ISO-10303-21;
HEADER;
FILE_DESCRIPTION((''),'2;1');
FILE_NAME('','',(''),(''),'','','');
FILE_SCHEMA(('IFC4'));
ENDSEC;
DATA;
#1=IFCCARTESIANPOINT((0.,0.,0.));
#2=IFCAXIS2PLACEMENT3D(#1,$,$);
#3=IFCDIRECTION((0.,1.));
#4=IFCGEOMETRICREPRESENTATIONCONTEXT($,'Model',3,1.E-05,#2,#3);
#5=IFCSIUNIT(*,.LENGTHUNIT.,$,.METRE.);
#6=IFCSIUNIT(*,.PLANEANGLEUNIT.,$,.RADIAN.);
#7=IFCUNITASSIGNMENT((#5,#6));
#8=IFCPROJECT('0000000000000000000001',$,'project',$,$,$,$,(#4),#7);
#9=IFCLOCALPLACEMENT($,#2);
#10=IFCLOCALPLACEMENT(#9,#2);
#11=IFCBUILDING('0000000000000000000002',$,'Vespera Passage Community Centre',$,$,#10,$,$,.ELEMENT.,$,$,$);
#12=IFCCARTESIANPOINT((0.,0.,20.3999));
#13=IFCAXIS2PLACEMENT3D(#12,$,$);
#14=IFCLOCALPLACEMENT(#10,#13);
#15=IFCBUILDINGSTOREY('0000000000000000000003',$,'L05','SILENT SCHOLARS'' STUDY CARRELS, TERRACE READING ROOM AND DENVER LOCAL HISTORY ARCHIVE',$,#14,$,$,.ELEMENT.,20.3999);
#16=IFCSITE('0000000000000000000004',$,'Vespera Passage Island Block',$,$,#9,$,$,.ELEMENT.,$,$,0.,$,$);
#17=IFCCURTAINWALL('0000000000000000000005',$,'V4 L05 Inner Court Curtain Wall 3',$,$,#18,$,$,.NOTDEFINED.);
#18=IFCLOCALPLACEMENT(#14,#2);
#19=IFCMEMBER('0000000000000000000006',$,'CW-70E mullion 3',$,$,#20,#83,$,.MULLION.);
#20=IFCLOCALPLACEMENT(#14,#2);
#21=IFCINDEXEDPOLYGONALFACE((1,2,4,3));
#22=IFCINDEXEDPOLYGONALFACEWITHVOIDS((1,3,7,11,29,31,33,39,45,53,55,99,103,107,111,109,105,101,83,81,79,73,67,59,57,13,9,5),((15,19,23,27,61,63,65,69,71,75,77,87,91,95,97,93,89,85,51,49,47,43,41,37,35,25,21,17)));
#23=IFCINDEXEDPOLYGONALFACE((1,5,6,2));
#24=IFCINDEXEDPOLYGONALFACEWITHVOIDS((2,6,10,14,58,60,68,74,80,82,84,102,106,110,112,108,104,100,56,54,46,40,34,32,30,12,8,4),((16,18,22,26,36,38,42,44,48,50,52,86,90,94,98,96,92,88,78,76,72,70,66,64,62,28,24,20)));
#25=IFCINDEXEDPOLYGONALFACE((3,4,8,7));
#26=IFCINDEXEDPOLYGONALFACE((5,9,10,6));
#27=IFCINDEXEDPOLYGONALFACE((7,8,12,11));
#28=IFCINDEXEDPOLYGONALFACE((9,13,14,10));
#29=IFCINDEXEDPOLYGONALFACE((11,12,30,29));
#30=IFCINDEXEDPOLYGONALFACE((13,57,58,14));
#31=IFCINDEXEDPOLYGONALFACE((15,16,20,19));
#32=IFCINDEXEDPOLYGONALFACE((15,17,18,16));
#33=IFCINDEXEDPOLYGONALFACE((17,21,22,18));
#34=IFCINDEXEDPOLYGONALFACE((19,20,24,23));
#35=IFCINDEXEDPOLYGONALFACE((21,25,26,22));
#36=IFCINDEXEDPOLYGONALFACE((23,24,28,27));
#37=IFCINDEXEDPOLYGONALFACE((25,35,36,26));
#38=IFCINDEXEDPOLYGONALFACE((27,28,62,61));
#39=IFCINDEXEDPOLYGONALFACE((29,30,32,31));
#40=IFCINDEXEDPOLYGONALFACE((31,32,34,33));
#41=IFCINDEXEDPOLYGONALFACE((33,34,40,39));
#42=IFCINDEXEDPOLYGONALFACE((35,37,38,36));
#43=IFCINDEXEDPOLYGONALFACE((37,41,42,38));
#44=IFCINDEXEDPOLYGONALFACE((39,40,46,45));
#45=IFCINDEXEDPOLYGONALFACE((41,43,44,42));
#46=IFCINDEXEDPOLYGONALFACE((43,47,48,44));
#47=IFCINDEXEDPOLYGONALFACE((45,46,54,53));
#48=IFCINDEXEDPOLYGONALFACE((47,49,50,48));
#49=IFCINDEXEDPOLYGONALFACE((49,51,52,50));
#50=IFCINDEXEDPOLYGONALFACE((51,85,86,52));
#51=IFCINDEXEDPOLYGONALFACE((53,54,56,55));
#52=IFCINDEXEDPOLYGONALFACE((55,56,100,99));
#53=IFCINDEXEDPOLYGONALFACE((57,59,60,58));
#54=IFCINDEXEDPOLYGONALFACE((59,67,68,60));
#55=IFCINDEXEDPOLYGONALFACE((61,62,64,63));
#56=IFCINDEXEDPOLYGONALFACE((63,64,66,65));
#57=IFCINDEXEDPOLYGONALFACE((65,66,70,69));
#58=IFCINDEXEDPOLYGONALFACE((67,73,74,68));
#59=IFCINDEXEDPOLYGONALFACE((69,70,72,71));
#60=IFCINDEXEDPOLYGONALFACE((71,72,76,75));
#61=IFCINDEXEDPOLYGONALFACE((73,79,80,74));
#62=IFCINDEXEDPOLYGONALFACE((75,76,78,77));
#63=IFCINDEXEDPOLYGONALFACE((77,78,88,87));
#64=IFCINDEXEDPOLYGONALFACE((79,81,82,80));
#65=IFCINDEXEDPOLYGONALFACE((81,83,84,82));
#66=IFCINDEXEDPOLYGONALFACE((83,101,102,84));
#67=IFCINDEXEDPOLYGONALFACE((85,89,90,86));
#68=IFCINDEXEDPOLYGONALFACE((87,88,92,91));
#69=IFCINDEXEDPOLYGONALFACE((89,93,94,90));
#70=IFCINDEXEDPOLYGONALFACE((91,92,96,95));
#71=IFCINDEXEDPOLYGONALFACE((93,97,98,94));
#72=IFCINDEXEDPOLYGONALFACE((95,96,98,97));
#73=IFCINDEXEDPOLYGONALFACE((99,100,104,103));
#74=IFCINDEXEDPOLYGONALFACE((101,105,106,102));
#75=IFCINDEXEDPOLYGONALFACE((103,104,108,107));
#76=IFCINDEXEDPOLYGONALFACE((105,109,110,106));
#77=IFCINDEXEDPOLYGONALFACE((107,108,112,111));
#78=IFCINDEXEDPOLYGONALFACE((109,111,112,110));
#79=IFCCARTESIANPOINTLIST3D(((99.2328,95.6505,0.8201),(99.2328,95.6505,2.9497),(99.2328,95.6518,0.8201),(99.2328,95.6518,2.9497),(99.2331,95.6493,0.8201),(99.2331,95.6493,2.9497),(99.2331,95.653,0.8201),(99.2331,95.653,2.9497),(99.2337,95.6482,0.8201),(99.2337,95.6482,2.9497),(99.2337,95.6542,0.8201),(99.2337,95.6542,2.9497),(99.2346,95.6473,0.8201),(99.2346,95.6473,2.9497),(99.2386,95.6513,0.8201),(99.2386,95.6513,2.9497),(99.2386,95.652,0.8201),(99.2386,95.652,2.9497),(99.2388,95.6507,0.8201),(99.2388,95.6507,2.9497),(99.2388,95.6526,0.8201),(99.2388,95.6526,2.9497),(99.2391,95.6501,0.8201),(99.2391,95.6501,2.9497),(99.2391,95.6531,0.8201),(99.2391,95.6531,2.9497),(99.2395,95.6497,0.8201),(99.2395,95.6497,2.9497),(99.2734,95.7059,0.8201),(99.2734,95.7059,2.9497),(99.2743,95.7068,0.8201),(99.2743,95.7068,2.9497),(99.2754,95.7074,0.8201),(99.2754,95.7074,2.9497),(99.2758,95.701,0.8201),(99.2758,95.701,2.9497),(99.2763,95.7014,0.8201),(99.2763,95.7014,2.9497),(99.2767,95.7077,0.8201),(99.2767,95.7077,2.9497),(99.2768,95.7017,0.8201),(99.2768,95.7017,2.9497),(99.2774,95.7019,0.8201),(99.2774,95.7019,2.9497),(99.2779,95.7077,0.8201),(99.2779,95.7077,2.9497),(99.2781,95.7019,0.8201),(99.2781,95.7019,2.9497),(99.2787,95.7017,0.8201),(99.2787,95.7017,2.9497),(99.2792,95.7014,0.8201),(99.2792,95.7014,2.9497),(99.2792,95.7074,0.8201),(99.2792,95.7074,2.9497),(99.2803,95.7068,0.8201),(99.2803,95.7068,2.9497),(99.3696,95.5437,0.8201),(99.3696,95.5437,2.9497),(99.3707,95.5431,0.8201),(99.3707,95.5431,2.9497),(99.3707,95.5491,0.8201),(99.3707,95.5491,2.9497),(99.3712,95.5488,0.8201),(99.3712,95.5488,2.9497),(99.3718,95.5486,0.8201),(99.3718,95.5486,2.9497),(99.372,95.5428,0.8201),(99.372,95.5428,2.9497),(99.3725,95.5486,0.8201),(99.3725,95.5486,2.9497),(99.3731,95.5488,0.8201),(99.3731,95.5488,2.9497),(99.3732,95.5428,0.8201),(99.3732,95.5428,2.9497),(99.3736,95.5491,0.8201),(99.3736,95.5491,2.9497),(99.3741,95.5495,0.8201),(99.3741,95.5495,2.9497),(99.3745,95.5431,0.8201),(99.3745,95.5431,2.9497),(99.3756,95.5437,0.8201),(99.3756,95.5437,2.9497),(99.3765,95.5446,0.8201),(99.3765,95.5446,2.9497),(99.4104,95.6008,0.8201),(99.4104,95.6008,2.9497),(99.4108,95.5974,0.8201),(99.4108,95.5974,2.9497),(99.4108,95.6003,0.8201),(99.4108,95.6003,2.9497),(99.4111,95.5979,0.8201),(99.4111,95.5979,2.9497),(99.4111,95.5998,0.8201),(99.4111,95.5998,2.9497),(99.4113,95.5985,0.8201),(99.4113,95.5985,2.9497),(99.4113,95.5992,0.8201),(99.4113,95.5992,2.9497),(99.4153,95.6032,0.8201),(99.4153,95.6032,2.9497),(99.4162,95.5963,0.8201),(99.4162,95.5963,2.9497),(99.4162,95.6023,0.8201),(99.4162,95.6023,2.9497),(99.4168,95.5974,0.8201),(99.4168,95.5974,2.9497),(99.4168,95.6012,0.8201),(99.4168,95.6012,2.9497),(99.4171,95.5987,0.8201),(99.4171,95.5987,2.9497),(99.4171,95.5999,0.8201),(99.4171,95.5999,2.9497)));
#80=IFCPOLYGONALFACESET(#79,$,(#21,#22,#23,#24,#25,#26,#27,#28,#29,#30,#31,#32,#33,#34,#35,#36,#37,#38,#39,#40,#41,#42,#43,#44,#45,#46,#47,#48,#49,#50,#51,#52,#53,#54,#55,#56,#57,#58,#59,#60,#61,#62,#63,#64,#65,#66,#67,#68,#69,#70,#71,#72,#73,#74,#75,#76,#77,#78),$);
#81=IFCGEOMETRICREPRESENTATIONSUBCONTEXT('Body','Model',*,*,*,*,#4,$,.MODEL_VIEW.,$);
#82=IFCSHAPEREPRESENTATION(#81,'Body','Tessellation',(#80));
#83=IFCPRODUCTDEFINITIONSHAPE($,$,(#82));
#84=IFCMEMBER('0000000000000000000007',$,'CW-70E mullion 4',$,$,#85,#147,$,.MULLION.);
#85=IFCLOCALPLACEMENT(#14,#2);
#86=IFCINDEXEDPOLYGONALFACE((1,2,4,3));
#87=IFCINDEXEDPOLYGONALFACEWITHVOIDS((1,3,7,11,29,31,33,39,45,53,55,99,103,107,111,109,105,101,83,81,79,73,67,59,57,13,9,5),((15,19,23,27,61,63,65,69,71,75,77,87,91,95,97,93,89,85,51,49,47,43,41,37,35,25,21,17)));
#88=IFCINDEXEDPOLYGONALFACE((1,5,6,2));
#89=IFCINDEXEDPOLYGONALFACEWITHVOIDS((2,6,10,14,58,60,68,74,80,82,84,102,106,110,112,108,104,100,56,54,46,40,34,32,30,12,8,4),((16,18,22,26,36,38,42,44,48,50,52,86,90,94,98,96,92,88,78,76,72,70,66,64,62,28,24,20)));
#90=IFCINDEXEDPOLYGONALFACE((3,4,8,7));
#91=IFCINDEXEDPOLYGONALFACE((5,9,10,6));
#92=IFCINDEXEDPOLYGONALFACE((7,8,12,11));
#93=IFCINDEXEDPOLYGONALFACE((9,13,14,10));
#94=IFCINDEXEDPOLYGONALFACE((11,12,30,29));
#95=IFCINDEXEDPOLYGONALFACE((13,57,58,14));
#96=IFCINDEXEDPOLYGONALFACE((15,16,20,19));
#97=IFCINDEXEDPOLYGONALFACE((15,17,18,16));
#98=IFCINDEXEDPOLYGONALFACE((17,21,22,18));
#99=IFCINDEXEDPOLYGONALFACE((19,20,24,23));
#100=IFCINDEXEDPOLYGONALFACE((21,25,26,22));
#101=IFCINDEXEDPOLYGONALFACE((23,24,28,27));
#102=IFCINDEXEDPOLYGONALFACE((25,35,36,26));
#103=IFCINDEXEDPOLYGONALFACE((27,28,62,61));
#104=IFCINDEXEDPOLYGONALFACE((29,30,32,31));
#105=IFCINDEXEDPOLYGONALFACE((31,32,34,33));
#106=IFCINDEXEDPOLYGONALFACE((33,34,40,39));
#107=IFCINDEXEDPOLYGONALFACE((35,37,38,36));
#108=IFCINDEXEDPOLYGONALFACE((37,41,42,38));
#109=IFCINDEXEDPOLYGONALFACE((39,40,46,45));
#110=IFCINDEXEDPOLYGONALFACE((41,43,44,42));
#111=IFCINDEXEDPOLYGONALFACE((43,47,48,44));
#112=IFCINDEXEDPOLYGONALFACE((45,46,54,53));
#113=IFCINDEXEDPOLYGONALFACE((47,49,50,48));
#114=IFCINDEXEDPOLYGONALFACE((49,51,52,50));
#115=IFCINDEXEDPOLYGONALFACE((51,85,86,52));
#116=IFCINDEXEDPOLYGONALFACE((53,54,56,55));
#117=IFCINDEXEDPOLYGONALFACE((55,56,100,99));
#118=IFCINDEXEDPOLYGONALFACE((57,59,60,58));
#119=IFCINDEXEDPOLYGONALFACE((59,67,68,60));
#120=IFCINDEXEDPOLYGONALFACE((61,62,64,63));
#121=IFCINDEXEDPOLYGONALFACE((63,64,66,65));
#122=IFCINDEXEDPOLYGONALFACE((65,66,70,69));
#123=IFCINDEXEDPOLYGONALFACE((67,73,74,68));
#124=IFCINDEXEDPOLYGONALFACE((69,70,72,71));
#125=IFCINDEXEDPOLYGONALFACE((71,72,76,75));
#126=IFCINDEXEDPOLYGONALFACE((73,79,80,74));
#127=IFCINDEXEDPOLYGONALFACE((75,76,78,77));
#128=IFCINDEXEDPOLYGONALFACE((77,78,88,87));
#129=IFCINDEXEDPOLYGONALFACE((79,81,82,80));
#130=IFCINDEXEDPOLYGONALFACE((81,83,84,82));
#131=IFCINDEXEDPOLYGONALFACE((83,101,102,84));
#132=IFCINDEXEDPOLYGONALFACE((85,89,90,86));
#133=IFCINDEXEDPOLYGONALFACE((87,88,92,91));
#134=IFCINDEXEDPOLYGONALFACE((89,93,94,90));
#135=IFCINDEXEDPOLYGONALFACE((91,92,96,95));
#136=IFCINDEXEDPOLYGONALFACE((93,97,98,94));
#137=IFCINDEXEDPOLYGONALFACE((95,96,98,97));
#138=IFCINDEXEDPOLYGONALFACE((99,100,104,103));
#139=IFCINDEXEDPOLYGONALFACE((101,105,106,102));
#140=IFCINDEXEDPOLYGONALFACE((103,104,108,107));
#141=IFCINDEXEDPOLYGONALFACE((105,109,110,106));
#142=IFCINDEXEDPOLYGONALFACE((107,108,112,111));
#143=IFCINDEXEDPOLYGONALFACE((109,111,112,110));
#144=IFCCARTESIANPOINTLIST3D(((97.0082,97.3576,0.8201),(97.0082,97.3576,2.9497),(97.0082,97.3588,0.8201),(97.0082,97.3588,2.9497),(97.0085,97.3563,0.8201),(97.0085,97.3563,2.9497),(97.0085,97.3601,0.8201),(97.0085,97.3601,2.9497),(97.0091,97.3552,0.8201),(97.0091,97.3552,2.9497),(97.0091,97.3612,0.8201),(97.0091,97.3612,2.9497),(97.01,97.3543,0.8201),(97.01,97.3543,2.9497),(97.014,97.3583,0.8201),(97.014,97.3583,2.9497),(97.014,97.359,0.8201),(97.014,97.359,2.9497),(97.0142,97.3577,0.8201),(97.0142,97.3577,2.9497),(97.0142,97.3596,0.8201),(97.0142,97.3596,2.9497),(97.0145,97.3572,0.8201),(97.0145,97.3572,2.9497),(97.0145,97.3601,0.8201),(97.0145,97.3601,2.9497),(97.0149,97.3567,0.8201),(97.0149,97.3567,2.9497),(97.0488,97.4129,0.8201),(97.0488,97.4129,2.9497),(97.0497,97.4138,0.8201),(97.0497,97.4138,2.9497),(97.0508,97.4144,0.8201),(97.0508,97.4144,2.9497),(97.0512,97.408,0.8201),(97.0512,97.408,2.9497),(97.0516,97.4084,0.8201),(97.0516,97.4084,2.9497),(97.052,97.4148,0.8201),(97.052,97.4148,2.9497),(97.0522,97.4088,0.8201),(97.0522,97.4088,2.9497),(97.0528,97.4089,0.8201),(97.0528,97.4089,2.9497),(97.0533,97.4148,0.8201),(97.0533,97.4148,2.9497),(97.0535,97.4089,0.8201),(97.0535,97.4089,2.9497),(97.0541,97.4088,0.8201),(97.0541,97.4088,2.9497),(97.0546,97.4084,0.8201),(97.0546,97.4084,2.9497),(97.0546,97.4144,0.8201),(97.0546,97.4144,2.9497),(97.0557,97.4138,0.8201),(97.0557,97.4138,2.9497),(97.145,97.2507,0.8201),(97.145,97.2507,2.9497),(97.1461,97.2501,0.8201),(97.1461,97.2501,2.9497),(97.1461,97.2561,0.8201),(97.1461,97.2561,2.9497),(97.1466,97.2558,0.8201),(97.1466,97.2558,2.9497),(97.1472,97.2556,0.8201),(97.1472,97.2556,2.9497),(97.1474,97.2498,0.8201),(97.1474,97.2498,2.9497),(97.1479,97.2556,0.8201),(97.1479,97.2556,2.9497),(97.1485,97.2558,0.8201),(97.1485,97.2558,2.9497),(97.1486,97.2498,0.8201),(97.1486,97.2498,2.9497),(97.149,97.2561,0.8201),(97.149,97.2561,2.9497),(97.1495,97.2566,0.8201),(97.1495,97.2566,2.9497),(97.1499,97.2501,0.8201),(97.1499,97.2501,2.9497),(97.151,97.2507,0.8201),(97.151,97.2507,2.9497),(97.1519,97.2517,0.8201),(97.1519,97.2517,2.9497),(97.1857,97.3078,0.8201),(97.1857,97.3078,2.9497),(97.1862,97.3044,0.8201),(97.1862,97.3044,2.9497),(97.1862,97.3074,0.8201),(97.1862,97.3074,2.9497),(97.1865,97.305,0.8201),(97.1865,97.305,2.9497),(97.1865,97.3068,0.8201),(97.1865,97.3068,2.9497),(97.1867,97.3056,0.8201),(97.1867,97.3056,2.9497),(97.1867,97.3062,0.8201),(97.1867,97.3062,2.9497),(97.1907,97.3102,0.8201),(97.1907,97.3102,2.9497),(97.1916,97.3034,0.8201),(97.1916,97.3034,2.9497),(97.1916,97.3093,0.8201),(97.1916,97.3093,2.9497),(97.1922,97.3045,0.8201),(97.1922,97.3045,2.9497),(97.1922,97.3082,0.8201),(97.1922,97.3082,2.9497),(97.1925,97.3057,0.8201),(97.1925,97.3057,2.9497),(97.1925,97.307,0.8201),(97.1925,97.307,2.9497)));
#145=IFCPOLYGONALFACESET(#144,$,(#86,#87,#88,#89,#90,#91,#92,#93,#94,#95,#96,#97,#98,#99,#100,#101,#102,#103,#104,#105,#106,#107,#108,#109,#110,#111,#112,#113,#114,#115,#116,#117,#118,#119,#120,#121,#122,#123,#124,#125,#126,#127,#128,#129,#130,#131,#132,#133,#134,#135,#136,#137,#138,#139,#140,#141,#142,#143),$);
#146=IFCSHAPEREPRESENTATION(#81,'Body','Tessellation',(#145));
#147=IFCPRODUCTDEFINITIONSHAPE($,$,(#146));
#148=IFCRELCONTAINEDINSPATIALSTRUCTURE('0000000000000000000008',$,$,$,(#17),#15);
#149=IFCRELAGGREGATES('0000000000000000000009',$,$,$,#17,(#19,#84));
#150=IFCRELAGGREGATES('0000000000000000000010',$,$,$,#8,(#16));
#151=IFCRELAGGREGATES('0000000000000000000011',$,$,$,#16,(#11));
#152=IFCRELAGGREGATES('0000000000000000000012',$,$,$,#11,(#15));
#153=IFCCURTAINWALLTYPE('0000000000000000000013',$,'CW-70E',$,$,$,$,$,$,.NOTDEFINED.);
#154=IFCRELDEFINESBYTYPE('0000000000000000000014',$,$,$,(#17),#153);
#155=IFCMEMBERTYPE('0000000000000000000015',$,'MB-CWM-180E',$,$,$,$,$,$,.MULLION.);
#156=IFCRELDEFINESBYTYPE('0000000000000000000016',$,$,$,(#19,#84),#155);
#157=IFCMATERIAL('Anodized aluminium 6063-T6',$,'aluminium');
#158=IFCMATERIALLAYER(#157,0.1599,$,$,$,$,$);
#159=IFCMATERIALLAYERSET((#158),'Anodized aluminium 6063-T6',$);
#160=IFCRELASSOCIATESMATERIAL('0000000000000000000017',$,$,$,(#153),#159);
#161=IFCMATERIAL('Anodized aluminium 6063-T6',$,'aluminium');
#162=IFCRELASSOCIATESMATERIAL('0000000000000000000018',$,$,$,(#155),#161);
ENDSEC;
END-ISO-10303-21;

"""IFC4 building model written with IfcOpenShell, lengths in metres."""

from ifc_helpers import new_model, si_unit, direction, frame, origin, origin_2d, place, context, subcontext, project, spatial, hollow_rectangle, extrude, material, layer, layer_set, material_profile, profile_set, type_object, element, aggregate, save


model = new_model("IFC4")

# Units and contexts
model_context = context("Model", 3, precision=1e-05, world=origin(), true_north=direction((0.0, 1.0)))
body_context = subcontext(model_context, "Body", "Model", "MODEL_VIEW")
ifc_project = project(units=[si_unit("LENGTHUNIT", "METRE"), si_unit("PLANEANGLEUNIT", "RADIAN")], contexts=[model_context])

# Site, building, storey
site_placement = place(None, origin())
site = spatial("IfcSite", under=ifc_project, at=site_placement, Name="Vespera Passage Island Block", CompositionType="ELEMENT", RefElevation=0.0)
building_placement = place(site_placement, origin())
building = spatial("IfcBuilding", under=site, at=building_placement, Name="Vespera Passage Community Centre", CompositionType="ELEMENT")
storey_placement = place(building_placement, frame((0.0, 0.0, 20.3999)))
storey = spatial("IfcBuildingStorey", under=building, at=storey_placement, Name="L05", Description="SILENT SCHOLARS' STUDY CARRELS, TERRACE READING ROOM AND DENVER LOCAL HISTORY ARCHIVE", CompositionType="ELEMENT", Elevation=20.3999)

# Curtain wall, members
ifc_material_1 = material(Name="Anodized aluminium 6063-T6", Category="aluminium")
ifc_layer_1 = layer(ifc_material_1, 0.1599)
ifc_layer_set_1 = layer_set([ifc_layer_1], Name="Anodized aluminium 6063-T6")
curtain_wall_type_1 = type_object("IfcCurtainWallType", Name="CW-70E", PredefinedType="NOTDEFINED", material=ifc_layer_set_1)
curtain_wall_1_placement = place(storey_placement, origin())
curtain_wall_1 = element("IfcCurtainWall", 1, at=curtain_wall_1_placement, inside=storey, type_object=curtain_wall_type_1, Name="V4 L05 Inner Court Curtain Wall 3", PredefinedType="NOTDEFINED")
ifc_material_2 = material(Name="Anodized aluminium 6063-T6", Category="aluminium")
ifc_material_profile_1 = material_profile(ifc_material_2, hollow_rectangle(XDim=0.075, YDim=0.1799, WallThickness=0.0049, InnerFilletRadius=0.0024, OuterFilletRadius=0.0049, at=origin_2d()), Name="ALU180X75X5")
ifc_profile_set_1 = profile_set([ifc_material_profile_1], Name="Anodized aluminium 6063-T6")
member_type_1 = type_object("IfcMemberType", Name="MB-CWM-180E", PredefinedType="MULLION", material=ifc_profile_set_1)
member_1_placement = place(storey_placement, frame((99.325, 95.6252, 0.8201), z_axis=(0.0, 0.0, 1.0), x_axis=(-0.608755, -0.793358, 0.0)))
member_1 = element("IfcMember", 2, at=member_1_placement, type_object=member_type_1, Name="CW-70E mullion 3", PredefinedType="MULLION", context=body_context, shape_type="SweptSolid", body=[
    extrude(hollow_rectangle(XDim=0.075, YDim=0.1799, WallThickness=0.0049, InnerFilletRadius=0.0024, OuterFilletRadius=0.0049, at=origin_2d()), origin(), (0.0, 0.0, 1.0), 2.1296),
])
member_2_placement = place(storey_placement, frame((97.1003, 97.3323, 0.8201), z_axis=(0.0, 0.0, 1.0), x_axis=(-0.608755, -0.793358, 0.0)))
member_2 = element("IfcMember", 3, at=member_2_placement, type_object=member_type_1, Name="CW-70E mullion 4", PredefinedType="MULLION", context=body_context, shape_type="SweptSolid", body=[
    extrude(hollow_rectangle(XDim=0.075, YDim=0.1799, WallThickness=0.0049, InnerFilletRadius=0.0024, OuterFilletRadius=0.0049, at=origin_2d()), origin(), (0.0, 0.0, 1.0), 2.1296),
])

aggregate(curtain_wall_1, [member_1, member_2])

save(model, "model.ifc")
